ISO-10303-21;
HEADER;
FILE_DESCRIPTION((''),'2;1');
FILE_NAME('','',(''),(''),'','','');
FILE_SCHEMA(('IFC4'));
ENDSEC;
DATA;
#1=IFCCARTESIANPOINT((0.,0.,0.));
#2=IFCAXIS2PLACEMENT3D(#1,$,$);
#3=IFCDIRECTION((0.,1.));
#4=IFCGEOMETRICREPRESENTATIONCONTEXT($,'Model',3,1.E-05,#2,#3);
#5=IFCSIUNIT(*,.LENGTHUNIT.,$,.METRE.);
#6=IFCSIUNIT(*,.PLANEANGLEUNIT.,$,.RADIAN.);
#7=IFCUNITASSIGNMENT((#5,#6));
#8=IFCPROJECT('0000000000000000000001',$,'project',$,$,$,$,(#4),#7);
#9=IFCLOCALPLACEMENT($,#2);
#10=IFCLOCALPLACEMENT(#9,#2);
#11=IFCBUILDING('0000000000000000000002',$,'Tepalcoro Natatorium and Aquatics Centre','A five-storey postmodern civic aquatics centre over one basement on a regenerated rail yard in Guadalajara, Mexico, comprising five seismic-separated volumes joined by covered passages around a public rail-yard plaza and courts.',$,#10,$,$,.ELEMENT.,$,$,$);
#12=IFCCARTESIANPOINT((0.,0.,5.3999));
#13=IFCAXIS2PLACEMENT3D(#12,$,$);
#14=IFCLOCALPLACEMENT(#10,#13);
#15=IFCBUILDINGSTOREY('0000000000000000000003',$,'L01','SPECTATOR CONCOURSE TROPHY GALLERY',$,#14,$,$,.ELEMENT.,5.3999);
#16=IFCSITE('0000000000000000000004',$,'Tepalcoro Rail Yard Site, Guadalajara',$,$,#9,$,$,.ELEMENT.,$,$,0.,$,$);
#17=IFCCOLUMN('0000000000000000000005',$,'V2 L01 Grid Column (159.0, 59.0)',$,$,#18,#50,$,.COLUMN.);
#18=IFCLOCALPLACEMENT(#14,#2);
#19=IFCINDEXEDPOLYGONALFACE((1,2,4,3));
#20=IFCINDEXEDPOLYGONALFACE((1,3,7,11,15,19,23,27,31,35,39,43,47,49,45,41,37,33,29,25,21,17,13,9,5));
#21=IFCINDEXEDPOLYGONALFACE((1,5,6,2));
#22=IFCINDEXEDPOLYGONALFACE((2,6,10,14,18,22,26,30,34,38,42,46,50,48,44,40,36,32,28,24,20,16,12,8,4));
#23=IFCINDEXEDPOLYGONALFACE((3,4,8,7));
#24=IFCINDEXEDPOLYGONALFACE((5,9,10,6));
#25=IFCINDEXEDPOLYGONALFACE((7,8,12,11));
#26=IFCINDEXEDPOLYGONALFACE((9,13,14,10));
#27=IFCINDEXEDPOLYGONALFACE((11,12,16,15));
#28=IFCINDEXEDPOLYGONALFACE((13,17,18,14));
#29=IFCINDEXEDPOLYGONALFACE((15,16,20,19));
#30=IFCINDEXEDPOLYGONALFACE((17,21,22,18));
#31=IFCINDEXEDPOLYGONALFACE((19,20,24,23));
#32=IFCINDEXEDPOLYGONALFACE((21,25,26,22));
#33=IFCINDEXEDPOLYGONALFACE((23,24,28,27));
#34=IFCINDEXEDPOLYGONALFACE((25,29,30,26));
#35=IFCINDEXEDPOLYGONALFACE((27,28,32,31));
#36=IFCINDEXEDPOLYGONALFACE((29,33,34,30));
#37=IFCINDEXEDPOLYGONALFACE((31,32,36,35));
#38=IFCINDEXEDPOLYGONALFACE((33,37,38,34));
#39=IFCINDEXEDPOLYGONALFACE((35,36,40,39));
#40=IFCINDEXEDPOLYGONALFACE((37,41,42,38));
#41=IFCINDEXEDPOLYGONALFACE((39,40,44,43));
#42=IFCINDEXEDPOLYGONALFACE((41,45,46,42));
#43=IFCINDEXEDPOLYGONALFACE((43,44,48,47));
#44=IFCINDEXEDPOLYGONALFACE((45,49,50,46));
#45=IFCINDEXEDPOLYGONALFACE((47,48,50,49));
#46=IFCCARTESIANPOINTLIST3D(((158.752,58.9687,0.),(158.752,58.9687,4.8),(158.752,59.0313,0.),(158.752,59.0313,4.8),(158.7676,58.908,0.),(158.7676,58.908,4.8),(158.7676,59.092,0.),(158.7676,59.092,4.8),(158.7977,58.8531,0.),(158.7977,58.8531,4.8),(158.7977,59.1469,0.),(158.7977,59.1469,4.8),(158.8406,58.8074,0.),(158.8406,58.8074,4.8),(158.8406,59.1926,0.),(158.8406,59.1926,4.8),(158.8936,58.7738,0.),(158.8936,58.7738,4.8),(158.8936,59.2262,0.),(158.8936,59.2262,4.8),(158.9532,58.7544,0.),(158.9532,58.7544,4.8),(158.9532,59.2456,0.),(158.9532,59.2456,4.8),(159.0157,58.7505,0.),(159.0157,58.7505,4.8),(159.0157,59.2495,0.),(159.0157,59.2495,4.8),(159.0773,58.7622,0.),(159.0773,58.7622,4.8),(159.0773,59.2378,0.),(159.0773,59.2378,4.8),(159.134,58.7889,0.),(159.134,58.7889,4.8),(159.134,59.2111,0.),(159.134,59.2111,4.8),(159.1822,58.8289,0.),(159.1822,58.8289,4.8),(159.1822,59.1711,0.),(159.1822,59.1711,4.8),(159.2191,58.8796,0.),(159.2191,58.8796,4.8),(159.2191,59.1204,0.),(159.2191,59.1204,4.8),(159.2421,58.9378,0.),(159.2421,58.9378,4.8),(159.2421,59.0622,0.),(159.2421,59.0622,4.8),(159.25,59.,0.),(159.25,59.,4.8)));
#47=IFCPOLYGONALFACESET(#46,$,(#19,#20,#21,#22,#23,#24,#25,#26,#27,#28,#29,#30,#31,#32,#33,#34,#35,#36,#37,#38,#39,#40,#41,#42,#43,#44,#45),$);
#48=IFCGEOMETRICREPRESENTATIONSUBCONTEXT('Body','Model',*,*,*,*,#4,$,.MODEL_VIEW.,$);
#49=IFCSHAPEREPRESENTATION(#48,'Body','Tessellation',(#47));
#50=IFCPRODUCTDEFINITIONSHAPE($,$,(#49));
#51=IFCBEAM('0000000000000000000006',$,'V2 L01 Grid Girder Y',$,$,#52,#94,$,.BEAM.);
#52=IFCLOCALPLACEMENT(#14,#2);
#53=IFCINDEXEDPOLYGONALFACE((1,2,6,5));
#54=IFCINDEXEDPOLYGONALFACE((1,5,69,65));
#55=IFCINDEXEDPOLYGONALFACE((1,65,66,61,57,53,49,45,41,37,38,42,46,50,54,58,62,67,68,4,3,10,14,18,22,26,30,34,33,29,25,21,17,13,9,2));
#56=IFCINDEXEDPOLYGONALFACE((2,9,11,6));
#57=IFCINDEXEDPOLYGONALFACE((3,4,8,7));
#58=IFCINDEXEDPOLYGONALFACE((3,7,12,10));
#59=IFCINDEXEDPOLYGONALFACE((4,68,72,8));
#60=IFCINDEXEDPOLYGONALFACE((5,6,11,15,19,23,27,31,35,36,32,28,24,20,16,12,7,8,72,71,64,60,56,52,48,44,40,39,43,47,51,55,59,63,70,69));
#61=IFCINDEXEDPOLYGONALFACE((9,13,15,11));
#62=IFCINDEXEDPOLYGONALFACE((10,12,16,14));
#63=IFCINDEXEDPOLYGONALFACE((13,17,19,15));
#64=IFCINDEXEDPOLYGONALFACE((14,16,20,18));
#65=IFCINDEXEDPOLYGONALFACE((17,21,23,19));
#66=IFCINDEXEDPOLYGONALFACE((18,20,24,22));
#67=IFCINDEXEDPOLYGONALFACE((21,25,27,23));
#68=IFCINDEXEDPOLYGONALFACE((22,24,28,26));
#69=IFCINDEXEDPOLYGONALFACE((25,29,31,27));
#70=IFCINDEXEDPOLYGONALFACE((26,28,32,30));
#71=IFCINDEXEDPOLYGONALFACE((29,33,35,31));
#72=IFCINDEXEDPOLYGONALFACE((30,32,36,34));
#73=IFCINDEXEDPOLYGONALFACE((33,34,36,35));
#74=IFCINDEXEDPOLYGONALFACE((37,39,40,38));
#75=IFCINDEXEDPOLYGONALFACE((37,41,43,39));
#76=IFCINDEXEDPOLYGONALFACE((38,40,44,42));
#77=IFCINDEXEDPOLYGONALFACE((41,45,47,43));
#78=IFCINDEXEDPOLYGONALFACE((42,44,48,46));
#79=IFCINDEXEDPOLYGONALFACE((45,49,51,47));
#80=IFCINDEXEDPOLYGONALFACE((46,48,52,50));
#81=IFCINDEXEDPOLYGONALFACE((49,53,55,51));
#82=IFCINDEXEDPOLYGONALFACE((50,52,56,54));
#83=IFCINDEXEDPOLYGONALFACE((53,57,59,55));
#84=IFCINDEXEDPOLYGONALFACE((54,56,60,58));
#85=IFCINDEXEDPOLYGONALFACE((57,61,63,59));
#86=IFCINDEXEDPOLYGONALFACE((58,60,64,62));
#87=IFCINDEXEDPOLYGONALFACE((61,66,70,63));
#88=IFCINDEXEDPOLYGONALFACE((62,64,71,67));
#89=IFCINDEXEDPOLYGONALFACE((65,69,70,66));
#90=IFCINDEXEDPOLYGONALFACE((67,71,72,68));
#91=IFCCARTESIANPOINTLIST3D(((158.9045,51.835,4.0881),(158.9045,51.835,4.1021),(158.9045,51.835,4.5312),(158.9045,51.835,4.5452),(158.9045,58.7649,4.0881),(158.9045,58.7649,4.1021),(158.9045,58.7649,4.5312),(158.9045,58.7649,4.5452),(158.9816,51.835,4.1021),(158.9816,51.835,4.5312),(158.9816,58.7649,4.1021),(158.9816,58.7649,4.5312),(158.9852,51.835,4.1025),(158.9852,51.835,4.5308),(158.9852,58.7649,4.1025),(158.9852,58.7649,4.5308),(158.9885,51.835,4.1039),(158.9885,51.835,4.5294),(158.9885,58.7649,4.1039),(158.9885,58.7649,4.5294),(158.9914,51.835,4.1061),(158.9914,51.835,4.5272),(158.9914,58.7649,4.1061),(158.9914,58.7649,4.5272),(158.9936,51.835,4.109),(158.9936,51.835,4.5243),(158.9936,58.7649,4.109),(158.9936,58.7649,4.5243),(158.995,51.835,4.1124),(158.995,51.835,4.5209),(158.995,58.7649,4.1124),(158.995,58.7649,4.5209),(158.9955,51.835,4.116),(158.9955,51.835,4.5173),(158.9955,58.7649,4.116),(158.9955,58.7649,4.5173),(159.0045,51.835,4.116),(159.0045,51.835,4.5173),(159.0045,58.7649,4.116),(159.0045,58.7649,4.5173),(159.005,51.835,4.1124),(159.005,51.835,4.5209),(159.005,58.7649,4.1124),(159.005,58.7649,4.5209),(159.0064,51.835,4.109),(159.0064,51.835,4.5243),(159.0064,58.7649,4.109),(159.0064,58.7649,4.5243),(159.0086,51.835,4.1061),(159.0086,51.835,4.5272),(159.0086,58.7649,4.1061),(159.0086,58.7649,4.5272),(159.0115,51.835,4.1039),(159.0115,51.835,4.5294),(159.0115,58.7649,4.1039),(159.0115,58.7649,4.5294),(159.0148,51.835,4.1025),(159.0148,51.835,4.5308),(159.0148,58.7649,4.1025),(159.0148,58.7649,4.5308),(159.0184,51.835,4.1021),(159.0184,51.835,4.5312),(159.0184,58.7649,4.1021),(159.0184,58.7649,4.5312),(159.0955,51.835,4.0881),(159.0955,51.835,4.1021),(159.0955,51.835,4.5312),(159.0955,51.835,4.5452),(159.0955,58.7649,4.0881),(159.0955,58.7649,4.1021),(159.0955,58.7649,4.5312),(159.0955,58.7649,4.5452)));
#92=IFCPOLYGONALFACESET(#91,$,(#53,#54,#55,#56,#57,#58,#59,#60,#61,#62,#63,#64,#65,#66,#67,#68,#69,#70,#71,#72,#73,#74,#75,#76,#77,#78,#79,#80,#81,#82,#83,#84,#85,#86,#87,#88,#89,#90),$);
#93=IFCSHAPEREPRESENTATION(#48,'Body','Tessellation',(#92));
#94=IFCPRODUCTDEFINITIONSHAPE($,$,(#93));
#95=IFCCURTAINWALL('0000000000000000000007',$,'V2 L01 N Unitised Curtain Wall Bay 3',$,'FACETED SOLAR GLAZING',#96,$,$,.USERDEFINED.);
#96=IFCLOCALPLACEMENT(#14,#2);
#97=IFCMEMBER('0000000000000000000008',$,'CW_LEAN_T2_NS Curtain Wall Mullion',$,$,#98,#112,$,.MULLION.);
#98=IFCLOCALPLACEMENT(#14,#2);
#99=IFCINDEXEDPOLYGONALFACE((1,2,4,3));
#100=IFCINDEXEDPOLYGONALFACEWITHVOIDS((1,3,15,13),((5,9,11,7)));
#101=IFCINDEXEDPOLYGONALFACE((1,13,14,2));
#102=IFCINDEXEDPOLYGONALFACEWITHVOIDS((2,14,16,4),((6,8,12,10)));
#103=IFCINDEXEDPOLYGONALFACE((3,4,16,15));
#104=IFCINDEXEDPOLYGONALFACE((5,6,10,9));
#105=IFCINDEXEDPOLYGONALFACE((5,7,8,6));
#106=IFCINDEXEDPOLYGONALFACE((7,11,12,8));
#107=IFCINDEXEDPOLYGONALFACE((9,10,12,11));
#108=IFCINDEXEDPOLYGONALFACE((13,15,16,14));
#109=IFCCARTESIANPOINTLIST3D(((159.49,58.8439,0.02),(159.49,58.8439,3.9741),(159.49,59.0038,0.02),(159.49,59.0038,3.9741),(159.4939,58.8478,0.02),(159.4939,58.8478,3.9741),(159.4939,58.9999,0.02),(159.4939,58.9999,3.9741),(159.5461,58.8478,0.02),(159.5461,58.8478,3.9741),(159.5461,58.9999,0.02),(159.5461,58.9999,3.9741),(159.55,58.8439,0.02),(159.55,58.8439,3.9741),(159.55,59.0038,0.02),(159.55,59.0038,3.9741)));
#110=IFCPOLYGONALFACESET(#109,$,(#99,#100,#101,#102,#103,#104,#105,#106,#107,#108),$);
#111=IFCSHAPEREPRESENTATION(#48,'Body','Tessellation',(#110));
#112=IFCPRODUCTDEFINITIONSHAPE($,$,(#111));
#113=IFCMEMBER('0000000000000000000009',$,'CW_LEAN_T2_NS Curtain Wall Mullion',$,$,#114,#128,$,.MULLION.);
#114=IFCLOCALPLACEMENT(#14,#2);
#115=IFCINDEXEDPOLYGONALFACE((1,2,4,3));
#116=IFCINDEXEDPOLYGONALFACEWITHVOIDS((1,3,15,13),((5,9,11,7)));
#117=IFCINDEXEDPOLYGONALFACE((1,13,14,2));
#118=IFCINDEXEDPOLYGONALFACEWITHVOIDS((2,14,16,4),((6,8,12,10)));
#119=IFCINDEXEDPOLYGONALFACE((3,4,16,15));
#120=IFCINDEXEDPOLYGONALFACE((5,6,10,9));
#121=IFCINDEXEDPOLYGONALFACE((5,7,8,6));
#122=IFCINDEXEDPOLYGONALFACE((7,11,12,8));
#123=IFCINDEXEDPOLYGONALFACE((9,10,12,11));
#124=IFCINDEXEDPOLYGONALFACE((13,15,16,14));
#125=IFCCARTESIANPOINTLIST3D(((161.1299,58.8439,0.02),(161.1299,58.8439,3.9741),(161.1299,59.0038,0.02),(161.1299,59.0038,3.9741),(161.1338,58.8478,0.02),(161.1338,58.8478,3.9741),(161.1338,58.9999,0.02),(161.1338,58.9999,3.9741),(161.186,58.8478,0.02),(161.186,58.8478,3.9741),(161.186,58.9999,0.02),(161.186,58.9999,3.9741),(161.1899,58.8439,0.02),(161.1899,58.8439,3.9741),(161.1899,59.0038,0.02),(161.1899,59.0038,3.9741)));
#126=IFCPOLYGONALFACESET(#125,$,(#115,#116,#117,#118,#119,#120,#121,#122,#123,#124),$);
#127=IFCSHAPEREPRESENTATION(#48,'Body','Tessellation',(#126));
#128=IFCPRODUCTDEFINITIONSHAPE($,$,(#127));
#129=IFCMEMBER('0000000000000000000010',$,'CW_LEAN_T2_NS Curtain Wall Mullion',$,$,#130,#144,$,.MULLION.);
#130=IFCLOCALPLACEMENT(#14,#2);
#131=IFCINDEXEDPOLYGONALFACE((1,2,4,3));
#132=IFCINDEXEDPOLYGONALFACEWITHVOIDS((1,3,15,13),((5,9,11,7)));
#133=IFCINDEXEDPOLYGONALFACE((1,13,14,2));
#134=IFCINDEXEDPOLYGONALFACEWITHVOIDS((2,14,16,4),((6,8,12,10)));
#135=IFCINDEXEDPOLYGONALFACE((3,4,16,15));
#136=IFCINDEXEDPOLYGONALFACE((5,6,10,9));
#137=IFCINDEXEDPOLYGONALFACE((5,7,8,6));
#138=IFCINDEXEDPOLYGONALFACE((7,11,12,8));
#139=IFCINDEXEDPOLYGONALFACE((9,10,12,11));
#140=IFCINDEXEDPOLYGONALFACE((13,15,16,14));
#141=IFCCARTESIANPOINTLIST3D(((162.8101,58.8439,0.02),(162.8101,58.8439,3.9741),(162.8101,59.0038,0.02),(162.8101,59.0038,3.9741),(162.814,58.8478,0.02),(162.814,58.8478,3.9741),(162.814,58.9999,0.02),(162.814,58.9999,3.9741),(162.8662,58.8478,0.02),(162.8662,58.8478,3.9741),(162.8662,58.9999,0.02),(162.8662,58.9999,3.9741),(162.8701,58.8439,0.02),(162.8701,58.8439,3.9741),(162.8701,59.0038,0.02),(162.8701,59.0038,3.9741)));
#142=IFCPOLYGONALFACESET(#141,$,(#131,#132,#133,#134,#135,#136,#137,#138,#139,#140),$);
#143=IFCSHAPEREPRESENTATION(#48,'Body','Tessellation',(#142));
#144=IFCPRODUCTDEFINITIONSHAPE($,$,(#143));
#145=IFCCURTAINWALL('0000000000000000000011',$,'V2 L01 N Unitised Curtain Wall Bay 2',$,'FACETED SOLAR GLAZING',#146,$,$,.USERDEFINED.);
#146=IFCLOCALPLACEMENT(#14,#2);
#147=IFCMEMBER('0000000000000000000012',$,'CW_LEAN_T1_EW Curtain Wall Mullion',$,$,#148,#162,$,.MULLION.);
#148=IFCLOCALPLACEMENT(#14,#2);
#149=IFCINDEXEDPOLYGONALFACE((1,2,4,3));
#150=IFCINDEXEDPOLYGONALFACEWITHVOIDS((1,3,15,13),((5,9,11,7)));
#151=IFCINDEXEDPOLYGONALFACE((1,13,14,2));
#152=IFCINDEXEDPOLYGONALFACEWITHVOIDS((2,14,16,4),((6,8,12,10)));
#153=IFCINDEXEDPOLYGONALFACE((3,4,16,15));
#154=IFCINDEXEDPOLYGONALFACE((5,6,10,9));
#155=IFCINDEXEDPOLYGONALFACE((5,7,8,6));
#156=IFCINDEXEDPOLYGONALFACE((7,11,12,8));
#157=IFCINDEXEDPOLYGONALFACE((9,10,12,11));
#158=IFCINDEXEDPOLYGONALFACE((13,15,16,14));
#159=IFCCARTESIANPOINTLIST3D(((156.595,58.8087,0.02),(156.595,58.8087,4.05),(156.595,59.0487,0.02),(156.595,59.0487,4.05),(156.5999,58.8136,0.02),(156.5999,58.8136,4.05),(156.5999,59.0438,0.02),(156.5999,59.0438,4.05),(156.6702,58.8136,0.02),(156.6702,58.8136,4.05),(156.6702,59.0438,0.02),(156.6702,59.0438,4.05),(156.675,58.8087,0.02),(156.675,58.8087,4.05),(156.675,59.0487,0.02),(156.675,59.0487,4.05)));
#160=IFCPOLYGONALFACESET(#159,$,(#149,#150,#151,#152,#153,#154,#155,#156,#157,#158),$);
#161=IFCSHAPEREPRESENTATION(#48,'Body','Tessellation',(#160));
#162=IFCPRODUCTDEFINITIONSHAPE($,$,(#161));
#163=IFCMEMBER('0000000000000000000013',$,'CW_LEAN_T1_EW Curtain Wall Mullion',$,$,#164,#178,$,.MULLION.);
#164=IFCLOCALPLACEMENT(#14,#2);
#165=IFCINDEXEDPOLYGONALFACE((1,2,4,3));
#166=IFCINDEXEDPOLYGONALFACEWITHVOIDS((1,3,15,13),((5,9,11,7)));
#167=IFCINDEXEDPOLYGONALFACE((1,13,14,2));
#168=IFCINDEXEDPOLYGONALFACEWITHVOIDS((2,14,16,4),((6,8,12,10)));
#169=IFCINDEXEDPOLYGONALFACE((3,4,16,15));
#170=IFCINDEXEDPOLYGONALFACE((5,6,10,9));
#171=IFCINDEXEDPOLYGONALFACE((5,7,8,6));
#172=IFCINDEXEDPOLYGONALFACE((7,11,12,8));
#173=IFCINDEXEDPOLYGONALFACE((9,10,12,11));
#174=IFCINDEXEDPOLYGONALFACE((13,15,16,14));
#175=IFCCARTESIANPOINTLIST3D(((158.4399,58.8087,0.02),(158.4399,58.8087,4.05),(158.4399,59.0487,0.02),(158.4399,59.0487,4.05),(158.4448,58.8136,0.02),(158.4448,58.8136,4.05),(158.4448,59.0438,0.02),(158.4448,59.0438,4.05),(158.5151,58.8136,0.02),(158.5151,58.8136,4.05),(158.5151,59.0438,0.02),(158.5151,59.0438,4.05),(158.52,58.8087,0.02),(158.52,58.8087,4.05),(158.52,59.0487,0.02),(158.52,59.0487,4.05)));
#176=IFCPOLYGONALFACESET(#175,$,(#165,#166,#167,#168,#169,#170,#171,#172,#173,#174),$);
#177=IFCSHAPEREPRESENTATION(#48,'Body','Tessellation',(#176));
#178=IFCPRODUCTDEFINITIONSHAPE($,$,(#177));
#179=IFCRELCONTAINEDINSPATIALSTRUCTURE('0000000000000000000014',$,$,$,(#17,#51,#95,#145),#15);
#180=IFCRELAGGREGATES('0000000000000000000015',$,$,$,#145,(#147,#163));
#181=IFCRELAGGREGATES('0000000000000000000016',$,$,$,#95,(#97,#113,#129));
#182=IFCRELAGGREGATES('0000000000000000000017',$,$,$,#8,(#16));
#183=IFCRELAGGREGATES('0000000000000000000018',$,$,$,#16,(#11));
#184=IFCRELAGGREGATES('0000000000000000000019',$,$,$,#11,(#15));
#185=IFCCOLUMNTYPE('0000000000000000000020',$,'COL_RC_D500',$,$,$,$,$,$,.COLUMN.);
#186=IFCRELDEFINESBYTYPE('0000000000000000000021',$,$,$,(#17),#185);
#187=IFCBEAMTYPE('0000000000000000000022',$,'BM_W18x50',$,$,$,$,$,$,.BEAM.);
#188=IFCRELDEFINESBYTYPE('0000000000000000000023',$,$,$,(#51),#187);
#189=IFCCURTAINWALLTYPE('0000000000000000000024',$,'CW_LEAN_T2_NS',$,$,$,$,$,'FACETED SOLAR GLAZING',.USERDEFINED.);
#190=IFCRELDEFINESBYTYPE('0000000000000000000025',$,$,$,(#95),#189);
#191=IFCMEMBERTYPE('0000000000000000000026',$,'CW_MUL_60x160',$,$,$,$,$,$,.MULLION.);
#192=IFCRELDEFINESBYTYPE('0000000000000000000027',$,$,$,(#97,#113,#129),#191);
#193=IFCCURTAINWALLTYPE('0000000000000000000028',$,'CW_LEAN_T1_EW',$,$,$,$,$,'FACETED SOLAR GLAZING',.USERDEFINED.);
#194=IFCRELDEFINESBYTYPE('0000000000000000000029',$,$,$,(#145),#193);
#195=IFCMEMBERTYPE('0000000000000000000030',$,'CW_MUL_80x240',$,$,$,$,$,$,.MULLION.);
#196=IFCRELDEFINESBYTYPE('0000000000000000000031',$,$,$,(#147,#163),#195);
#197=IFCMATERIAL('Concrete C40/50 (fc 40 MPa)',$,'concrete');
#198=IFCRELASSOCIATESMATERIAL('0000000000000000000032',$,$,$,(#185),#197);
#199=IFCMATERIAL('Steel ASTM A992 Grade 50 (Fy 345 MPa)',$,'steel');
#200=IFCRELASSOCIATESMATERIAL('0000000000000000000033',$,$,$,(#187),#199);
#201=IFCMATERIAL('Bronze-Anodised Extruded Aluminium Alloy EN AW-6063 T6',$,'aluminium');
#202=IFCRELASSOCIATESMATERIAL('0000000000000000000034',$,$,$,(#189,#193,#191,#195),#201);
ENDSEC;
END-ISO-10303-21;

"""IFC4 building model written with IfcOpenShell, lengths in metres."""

from ifc_helpers import new_model, si_unit, direction, frame, origin, origin_2d, place, context, subcontext, project, spatial, hollow_rectangle, circle, i_section, extrude, material, material_profile, profile_set, type_object, element, aggregate, save


model = new_model("IFC4")

# Units and contexts
model_context = context("Model", 3, precision=1e-05, world=origin(), true_north=direction((0.0, 1.0)))
body_context = subcontext(model_context, "Body", "Model", "MODEL_VIEW")
ifc_project = project(units=[si_unit("LENGTHUNIT", "METRE"), si_unit("PLANEANGLEUNIT", "RADIAN")], contexts=[model_context])

# Site, building, storey
site_placement = place(None, origin())
site = spatial("IfcSite", under=ifc_project, at=site_placement, Name="Tepalcoro Rail Yard Site, Guadalajara", CompositionType="ELEMENT", RefElevation=0.0)
building_placement = place(site_placement, origin())
building = spatial("IfcBuilding", under=site, at=building_placement, Name="Tepalcoro Natatorium and Aquatics Centre", Description="A five-storey postmodern civic aquatics centre over one basement on a regenerated rail yard in Guadalajara, Mexico, comprising five seismic-separated volumes joined by covered passages around a public rail-yard plaza and courts.", CompositionType="ELEMENT")
storey_placement = place(building_placement, frame((0.0, 0.0, 5.3999)))
storey = spatial("IfcBuildingStorey", under=building, at=storey_placement, Name="L01", Description="SPECTATOR CONCOURSE TROPHY GALLERY", CompositionType="ELEMENT", Elevation=5.3999)

# Column
ifc_material_1 = material(Name="Concrete C40/50 (fc 40 MPa)", Category="concrete")
ifc_material_profile_1 = material_profile(ifc_material_1, circle(Radius=0.25, at=origin_2d()), Name="RCD500")
ifc_profile_set_1 = profile_set([ifc_material_profile_1], Name="Concrete C40/50 (fc 40 MPa)")
column_type = type_object("IfcColumnType", Name="COL_RC_D500", PredefinedType="COLUMN", material=ifc_profile_set_1)
column_placement = place(storey_placement, frame((159.0, 59.0, 0.0), z_axis=(0.0, 0.0, 1.0), x_axis=(1.0, 0.0, 0.0)))
element("IfcColumn", 1, at=column_placement, inside=storey, type_object=column_type, Name="V2 L01 Grid Column (159.0, 59.0)", PredefinedType="COLUMN", context=body_context, shape_type="SweptSolid", body=[
    extrude(circle(Radius=0.25, at=origin_2d()), origin(), (0.0, 0.0, 1.0), 4.8),
])

# Beam
ifc_material_2 = material(Name="Steel ASTM A992 Grade 50 (Fy 345 MPa)", Category="steel")
ifc_material_profile_2 = material_profile(ifc_material_2, i_section(OverallWidth=0.1909, OverallDepth=0.457, WebThickness=0.009, FlangeThickness=0.0139, FilletRadius=0.0139, at=origin_2d()), Name="W18X50")
ifc_profile_set_2 = profile_set([ifc_material_profile_2], Name="Steel ASTM A992 Grade 50 (Fy 345 MPa)")
beam_type_1 = type_object("IfcBeamType", Name="BM_W18x50", PredefinedType="BEAM", material=ifc_profile_set_2)
beam_1_placement = place(storey_placement, frame((159.0, 51.835, 4.3167), z_axis=(0.0, 1.0, 0.0), x_axis=(-1.0, 0.0, 0.0)))
element("IfcBeam", 2, at=beam_1_placement, inside=storey, type_object=beam_type_1, Name="V2 L01 Grid Girder Y", PredefinedType="BEAM", context=body_context, shape_type="SweptSolid", body=[
    extrude(i_section(OverallWidth=0.1909, OverallDepth=0.457, WebThickness=0.009, FlangeThickness=0.0139, FilletRadius=0.0139, at=origin_2d()), origin(), (0.0, 0.0, 1.0), 6.9299),
])

# Curtain walls, members
ifc_material_3 = material(Name="Bronze-Anodised Extruded Aluminium Alloy EN AW-6063 T6", Category="aluminium")
curtain_wall_type_1 = type_object("IfcCurtainWallType", Name="CW_LEAN_T2_NS", ElementType="FACETED SOLAR GLAZING", PredefinedType="USERDEFINED", material=ifc_material_3)
curtain_wall_1_placement = place(storey_placement, origin())
curtain_wall_1 = element("IfcCurtainWall", 3, at=curtain_wall_1_placement, inside=storey, type_object=curtain_wall_type_1, Name="V2 L01 N Unitised Curtain Wall Bay 3", ObjectType="FACETED SOLAR GLAZING", PredefinedType="USERDEFINED")
ifc_material_profile_3 = material_profile(ifc_material_3, hollow_rectangle(XDim=0.0601, YDim=0.1599, WallThickness=0.0039, at=origin_2d()), Name="AL60X160X4")
ifc_profile_set_3 = profile_set([ifc_material_profile_3], Name="Bronze-Anodised Extruded Aluminium Alloy EN AW-6063 T6")
member_type_1 = type_object("IfcMemberType", Name="CW_MUL_60x160", PredefinedType="MULLION", material=ifc_profile_set_3)
member_1_placement = place(storey_placement, frame((159.52, 58.9238, 0.02), z_axis=(0.0, 0.0, 1.0), x_axis=(1.0, 0.0, 0.0)))
member_1 = element("IfcMember", 4, at=member_1_placement, type_object=member_type_1, Name="CW_LEAN_T2_NS Curtain Wall Mullion", PredefinedType="MULLION", context=body_context, shape_type="SweptSolid", body=[
    extrude(hollow_rectangle(XDim=0.0601, YDim=0.1599, WallThickness=0.0039, at=origin_2d()), origin(), (0.0, 0.0, 1.0), 3.9541),
])
member_2_placement = place(storey_placement, frame((161.1599, 58.9238, 0.02), z_axis=(0.0, 0.0, 1.0), x_axis=(1.0, 0.0, 0.0)))
member_2 = element("IfcMember", 5, at=member_2_placement, type_object=member_type_1, Name="CW_LEAN_T2_NS Curtain Wall Mullion", PredefinedType="MULLION", context=body_context, shape_type="SweptSolid", body=[
    extrude(hollow_rectangle(XDim=0.0601, YDim=0.1599, WallThickness=0.0039, at=origin_2d()), origin(), (0.0, 0.0, 1.0), 3.9541),
])
member_3_placement = place(storey_placement, frame((162.8401, 58.9238, 0.02), z_axis=(0.0, 0.0, 1.0), x_axis=(1.0, 0.0, 0.0)))
member_3 = element("IfcMember", 6, at=member_3_placement, type_object=member_type_1, Name="CW_LEAN_T2_NS Curtain Wall Mullion", PredefinedType="MULLION", context=body_context, shape_type="SweptSolid", body=[
    extrude(hollow_rectangle(XDim=0.0601, YDim=0.1599, WallThickness=0.0039, at=origin_2d()), origin(), (0.0, 0.0, 1.0), 3.9541),
])
curtain_wall_type_2 = type_object("IfcCurtainWallType", Name="CW_LEAN_T1_EW", ElementType="FACETED SOLAR GLAZING", PredefinedType="USERDEFINED", material=ifc_material_3)
curtain_wall_2_placement = place(storey_placement, origin())
curtain_wall_2 = element("IfcCurtainWall", 7, at=curtain_wall_2_placement, inside=storey, type_object=curtain_wall_type_2, Name="V2 L01 N Unitised Curtain Wall Bay 2", ObjectType="FACETED SOLAR GLAZING", PredefinedType="USERDEFINED")
ifc_material_profile_4 = material_profile(ifc_material_3, hollow_rectangle(XDim=0.0801, YDim=0.24, WallThickness=0.0049, at=origin_2d()), Name="AL80X240X5")
ifc_profile_set_4 = profile_set([ifc_material_profile_4], Name="Bronze-Anodised Extruded Aluminium Alloy EN AW-6063 T6")
member_type_2 = type_object("IfcMemberType", Name="CW_MUL_80x240", PredefinedType="MULLION", material=ifc_profile_set_4)
member_4_placement = place(storey_placement, frame((156.635, 58.9287, 0.02), z_axis=(0.0, 0.0, 1.0), x_axis=(1.0, 0.0, 0.0)))
member_4 = element("IfcMember", 8, at=member_4_placement, type_object=member_type_2, Name="CW_LEAN_T1_EW Curtain Wall Mullion", PredefinedType="MULLION", context=body_context, shape_type="SweptSolid", body=[
    extrude(hollow_rectangle(XDim=0.0801, YDim=0.24, WallThickness=0.0049, at=origin_2d()), origin(), (0.0, 0.0, 1.0), 4.03),
])
member_5_placement = place(storey_placement, frame((158.48, 58.9287, 0.02), z_axis=(0.0, 0.0, 1.0), x_axis=(1.0, 0.0, 0.0)))
member_5 = element("IfcMember", 9, at=member_5_placement, type_object=member_type_2, Name="CW_LEAN_T1_EW Curtain Wall Mullion", PredefinedType="MULLION", context=body_context, shape_type="SweptSolid", body=[
    extrude(hollow_rectangle(XDim=0.0801, YDim=0.24, WallThickness=0.0049, at=origin_2d()), origin(), (0.0, 0.0, 1.0), 4.03),
])

aggregate(curtain_wall_2, [member_4, member_5])
aggregate(curtain_wall_1, [member_1, member_2, member_3])

save(model, "model.ifc")
